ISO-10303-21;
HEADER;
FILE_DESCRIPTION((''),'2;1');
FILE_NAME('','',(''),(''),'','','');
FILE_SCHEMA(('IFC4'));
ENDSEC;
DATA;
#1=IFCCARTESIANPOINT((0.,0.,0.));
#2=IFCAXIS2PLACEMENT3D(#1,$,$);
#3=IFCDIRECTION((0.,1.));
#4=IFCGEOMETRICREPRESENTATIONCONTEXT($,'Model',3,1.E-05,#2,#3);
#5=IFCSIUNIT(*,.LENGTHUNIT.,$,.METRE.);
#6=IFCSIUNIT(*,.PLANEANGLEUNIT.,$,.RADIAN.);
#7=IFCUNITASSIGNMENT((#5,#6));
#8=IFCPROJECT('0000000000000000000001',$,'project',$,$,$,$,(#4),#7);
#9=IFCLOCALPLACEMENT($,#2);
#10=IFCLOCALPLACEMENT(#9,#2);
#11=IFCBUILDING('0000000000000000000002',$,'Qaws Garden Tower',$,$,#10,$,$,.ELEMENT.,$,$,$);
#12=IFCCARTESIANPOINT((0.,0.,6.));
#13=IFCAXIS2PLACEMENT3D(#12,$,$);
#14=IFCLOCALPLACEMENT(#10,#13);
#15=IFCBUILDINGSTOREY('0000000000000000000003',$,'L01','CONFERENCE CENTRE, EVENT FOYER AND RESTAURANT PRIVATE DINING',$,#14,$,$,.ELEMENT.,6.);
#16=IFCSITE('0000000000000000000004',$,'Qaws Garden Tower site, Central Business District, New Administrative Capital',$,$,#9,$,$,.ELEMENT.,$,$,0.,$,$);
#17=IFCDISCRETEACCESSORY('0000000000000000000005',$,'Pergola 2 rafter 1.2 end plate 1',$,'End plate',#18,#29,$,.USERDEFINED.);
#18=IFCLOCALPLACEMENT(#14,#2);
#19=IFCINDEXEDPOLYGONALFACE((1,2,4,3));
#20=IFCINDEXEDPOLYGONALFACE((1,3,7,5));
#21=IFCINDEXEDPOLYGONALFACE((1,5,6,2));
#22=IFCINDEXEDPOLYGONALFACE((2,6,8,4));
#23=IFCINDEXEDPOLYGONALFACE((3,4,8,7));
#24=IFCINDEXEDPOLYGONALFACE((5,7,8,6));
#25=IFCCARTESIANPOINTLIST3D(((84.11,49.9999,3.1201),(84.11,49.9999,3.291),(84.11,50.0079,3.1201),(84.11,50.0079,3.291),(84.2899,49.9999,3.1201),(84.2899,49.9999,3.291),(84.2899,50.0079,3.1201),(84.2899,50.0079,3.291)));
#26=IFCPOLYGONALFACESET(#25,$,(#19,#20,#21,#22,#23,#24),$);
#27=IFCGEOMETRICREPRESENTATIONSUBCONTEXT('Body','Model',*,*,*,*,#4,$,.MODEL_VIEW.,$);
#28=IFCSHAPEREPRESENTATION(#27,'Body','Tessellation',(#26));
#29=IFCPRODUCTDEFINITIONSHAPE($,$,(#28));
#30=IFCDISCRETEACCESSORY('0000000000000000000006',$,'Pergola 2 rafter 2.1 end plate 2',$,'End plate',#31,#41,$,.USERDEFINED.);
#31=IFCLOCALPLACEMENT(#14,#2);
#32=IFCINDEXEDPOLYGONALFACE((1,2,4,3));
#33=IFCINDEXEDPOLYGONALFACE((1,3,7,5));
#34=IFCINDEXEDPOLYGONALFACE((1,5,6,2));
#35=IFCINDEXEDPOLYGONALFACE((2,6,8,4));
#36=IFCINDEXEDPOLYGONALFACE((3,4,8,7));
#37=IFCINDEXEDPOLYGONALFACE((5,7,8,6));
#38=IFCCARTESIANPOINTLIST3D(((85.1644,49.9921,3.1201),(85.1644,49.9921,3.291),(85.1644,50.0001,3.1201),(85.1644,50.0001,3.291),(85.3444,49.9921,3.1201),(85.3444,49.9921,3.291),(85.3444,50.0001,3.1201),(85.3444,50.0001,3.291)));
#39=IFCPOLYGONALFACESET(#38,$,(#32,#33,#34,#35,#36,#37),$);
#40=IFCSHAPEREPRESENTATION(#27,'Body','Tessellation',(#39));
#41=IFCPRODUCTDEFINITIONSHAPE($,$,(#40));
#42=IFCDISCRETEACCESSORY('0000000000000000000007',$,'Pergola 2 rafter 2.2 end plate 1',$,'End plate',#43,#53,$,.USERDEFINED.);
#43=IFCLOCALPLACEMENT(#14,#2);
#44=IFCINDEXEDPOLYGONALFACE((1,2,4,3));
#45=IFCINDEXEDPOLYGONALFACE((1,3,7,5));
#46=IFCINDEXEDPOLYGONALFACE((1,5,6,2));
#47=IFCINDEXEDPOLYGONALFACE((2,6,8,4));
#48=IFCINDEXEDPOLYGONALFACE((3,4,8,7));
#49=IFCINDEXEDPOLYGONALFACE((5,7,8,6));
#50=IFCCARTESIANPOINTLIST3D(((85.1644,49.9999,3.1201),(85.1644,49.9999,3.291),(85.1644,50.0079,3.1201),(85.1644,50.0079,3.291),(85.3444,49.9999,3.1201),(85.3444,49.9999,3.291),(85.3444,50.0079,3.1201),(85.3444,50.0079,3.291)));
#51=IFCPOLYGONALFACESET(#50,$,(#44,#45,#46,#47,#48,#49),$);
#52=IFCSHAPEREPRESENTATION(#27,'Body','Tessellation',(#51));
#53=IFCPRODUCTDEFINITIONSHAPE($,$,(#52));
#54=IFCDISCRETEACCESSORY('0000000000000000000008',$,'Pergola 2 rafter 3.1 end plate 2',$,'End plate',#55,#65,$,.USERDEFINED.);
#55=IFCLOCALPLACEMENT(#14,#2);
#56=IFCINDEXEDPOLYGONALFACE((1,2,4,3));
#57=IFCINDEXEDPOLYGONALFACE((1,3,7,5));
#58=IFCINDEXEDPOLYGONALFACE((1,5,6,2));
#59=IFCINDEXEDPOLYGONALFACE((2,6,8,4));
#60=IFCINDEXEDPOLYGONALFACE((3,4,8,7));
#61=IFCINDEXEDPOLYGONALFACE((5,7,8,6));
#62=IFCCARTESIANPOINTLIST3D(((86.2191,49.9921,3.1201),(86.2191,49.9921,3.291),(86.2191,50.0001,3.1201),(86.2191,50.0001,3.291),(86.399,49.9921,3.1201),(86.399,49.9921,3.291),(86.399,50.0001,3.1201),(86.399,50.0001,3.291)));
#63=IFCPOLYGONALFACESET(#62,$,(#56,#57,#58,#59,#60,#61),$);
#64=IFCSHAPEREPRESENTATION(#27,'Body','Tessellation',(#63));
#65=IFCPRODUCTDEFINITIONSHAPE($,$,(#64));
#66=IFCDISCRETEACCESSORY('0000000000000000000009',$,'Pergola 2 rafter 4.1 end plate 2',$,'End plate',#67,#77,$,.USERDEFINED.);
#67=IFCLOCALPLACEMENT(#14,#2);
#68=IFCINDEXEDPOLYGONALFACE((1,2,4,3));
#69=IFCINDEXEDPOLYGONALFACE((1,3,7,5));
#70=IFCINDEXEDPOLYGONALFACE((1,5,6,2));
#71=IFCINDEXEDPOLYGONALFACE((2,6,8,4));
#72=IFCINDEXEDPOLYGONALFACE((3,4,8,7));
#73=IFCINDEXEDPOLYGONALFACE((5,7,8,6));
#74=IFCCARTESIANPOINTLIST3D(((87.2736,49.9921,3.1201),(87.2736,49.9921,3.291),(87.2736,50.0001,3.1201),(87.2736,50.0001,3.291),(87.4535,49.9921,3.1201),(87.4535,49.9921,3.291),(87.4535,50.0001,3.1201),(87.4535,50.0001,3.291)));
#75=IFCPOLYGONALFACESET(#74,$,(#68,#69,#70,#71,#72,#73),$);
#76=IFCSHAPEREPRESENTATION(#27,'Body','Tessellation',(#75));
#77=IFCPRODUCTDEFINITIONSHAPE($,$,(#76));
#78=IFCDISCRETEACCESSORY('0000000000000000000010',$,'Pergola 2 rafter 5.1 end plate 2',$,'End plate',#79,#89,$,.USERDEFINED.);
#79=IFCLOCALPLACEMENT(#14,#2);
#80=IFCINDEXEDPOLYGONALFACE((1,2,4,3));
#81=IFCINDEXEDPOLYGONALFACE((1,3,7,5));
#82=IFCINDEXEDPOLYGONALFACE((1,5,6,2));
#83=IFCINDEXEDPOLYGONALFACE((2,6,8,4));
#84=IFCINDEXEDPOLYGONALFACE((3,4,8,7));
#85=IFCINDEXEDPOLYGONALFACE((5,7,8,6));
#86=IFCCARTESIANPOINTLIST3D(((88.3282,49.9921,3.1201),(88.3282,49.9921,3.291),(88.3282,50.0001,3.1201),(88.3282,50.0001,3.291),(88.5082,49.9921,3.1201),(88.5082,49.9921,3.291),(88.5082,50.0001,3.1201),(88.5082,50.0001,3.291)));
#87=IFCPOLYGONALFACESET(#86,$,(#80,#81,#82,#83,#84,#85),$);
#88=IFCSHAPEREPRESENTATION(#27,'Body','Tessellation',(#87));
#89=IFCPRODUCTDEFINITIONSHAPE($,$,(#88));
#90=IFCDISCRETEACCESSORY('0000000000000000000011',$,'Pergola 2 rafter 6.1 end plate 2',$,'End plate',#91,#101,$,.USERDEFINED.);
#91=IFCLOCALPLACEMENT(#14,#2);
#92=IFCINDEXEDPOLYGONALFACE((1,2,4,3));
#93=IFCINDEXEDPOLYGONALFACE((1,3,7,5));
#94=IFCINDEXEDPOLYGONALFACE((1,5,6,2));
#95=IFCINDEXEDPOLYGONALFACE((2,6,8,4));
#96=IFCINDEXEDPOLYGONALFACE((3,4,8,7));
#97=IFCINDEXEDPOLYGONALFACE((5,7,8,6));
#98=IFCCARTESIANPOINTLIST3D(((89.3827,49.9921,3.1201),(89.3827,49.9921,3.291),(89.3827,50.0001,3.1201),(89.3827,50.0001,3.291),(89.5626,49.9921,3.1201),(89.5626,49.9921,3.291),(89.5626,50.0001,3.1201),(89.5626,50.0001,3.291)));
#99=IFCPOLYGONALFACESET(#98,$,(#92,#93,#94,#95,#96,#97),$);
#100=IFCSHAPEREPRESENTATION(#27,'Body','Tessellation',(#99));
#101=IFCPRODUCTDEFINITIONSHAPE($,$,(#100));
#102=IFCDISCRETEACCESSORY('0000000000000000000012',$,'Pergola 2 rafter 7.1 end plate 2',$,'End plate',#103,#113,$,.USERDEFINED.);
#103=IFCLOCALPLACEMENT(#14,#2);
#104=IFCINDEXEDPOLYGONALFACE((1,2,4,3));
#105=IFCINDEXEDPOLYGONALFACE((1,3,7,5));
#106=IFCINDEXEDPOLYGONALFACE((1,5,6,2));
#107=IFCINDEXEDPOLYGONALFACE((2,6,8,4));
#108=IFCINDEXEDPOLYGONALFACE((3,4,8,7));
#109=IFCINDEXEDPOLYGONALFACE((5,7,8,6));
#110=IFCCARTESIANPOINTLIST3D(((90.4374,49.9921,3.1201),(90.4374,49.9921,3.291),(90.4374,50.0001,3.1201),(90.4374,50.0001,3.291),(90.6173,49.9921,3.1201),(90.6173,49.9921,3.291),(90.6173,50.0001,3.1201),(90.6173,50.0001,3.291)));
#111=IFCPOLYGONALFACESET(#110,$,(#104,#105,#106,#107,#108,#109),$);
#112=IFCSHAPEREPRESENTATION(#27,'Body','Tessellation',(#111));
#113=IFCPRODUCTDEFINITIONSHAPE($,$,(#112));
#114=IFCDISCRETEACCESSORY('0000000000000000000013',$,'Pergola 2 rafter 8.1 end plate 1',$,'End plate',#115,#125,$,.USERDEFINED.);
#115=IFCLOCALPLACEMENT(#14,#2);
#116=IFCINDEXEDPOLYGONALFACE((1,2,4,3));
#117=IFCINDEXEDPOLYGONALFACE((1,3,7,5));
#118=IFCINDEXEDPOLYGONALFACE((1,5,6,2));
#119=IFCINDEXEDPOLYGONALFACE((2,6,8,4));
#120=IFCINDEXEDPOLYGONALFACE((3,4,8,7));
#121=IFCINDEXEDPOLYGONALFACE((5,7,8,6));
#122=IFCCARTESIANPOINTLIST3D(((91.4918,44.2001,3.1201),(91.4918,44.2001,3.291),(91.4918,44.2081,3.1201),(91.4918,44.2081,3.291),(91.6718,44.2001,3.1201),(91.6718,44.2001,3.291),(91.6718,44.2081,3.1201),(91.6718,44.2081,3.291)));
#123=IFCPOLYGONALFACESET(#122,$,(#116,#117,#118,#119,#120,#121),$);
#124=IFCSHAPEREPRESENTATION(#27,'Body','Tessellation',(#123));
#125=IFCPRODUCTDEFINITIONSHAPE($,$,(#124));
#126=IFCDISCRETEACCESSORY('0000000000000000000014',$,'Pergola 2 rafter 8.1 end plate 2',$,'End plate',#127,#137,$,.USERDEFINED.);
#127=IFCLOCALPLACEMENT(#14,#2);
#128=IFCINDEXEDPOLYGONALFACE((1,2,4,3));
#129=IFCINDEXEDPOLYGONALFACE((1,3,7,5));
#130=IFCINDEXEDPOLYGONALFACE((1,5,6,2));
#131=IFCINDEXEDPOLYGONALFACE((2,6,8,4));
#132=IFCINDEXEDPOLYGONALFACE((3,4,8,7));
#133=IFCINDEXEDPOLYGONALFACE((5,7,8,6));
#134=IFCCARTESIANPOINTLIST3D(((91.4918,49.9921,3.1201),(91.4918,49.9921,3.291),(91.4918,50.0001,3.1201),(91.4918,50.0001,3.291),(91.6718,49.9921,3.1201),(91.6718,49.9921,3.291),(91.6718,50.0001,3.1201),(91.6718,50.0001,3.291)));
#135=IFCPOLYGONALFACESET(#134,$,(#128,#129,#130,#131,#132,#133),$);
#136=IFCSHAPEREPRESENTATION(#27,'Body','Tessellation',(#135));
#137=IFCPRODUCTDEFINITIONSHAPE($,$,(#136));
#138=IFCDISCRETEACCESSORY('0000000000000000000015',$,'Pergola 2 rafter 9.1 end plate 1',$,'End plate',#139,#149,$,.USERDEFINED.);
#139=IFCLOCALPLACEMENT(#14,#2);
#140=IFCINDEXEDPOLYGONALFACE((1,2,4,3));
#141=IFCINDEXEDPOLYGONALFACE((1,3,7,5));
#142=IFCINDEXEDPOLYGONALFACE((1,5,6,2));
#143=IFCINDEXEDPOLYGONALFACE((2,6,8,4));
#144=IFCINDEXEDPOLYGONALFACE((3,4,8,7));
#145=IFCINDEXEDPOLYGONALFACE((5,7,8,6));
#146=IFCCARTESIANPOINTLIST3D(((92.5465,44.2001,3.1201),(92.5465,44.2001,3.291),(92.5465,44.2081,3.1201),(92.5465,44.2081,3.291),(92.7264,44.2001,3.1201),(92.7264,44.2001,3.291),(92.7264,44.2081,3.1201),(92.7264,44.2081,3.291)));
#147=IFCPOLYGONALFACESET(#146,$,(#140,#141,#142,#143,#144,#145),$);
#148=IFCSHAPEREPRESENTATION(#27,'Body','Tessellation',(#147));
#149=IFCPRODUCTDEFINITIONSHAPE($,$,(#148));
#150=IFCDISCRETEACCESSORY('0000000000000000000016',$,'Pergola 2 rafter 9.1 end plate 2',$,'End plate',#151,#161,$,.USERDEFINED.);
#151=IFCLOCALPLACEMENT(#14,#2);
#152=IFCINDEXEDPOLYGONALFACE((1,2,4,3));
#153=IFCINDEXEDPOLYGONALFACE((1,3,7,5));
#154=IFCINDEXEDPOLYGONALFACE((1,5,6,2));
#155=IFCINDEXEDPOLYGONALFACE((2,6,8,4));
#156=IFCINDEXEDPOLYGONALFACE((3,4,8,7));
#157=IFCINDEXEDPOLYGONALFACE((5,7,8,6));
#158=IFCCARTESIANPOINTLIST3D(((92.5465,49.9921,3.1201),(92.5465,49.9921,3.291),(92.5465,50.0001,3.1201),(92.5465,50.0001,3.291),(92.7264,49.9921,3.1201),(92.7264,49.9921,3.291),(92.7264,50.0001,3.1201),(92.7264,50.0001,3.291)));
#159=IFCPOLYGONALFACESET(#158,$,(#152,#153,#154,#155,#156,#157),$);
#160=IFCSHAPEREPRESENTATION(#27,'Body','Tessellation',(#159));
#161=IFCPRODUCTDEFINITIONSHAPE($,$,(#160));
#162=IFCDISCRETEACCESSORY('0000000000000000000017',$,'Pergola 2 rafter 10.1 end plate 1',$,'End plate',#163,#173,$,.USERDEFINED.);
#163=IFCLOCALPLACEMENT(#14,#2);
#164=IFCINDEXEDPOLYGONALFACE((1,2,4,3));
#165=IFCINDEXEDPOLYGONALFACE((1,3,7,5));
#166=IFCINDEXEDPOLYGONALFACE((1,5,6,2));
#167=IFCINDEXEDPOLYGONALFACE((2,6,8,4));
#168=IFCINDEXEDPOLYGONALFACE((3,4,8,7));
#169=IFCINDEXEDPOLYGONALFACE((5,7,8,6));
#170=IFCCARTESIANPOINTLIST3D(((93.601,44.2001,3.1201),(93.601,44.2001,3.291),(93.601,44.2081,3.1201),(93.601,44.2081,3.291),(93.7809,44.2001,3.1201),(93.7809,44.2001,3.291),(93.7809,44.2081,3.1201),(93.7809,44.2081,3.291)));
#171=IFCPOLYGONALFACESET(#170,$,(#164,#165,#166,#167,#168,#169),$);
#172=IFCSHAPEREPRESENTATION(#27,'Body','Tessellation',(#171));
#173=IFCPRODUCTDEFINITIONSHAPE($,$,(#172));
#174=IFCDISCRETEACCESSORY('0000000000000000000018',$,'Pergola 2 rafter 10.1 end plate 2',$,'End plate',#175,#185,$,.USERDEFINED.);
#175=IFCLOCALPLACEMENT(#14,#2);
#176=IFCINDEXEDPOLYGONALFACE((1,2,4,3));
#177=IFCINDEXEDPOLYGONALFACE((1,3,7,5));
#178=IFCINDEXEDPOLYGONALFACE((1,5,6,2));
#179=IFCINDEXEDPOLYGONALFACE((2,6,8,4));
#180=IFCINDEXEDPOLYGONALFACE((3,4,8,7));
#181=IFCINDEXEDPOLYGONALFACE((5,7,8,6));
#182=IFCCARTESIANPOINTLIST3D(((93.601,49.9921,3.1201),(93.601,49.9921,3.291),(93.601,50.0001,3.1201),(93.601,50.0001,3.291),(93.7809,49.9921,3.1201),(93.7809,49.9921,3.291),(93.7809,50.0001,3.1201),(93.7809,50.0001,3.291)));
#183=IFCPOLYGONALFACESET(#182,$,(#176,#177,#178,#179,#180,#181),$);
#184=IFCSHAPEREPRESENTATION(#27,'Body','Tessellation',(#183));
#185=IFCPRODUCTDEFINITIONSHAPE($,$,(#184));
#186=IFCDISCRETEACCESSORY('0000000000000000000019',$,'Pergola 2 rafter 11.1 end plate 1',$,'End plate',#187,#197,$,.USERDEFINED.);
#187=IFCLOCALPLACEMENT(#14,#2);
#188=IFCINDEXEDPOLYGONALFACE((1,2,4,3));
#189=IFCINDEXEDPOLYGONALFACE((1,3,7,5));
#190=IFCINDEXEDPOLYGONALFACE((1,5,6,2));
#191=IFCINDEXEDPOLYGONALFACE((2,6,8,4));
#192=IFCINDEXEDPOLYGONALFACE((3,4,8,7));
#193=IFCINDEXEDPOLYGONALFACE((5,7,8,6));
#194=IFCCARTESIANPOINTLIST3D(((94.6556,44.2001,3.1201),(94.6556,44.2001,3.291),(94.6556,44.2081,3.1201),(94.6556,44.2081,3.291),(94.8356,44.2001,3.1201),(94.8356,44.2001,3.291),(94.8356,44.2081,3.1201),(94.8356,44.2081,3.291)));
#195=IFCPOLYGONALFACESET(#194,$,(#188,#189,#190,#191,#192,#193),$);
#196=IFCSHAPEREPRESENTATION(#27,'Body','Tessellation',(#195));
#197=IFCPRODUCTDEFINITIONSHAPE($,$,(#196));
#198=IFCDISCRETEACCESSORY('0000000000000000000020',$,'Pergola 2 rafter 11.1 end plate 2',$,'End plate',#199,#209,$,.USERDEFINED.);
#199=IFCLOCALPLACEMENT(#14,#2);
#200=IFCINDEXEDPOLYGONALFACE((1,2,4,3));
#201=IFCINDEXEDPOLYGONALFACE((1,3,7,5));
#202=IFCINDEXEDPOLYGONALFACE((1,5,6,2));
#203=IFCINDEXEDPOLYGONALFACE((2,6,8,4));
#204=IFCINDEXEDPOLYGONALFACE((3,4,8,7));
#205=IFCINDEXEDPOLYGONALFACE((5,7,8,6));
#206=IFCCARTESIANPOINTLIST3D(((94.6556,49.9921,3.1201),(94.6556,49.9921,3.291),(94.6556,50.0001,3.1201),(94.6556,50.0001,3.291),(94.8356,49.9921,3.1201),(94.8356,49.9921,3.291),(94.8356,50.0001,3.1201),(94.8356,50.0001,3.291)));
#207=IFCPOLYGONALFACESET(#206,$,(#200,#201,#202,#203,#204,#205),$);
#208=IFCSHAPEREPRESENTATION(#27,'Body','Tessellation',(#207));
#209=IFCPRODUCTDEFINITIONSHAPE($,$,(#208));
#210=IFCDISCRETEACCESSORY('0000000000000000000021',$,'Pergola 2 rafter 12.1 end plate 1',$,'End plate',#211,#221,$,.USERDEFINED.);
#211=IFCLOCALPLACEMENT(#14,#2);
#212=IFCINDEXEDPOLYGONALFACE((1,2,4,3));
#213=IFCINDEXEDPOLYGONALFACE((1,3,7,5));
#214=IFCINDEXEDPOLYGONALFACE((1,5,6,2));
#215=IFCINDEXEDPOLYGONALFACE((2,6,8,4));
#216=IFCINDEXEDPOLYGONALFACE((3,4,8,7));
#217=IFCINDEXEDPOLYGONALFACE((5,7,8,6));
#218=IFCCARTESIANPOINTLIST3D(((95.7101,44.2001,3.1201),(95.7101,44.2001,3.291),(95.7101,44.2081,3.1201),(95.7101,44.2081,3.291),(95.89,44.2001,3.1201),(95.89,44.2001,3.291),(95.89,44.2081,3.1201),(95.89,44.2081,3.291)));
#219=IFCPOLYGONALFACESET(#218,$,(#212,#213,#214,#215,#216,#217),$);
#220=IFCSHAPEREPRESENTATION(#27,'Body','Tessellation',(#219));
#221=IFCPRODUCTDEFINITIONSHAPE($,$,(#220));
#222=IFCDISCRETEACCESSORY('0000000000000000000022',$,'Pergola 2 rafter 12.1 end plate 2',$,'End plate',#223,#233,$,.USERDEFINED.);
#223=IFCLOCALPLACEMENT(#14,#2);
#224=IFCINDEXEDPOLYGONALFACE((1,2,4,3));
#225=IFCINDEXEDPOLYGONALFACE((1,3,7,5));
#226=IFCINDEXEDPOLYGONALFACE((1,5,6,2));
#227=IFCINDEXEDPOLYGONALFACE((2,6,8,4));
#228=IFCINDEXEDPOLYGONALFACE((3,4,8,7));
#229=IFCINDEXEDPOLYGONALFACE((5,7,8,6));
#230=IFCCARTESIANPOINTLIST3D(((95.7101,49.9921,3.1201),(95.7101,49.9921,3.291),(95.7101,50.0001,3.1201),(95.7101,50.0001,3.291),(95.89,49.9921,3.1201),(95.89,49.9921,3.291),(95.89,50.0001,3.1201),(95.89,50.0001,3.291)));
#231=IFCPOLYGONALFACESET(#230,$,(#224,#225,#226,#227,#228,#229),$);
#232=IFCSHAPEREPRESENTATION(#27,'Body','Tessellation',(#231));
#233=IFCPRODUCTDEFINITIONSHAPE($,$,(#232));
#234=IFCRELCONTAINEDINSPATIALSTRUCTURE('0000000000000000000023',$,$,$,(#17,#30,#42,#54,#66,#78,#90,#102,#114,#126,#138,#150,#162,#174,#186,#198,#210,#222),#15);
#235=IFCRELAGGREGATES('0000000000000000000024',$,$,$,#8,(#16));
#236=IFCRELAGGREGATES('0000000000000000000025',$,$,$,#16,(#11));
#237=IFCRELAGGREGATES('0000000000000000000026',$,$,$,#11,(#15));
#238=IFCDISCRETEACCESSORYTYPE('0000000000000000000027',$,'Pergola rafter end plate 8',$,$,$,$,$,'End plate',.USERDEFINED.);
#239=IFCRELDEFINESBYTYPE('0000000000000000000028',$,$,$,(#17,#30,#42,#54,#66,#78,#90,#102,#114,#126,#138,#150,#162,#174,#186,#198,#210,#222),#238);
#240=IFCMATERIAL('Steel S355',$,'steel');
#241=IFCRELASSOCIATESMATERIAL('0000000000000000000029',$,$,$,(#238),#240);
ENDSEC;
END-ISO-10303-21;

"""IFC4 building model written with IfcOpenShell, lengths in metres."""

from ifc_helpers import new_model, si_unit, direction, frame, origin, origin_2d, place, context, subcontext, project, spatial, rectangle, extrude, material, type_object, element, save


model = new_model("IFC4")

# Units and contexts
model_context = context("Model", 3, precision=1e-05, world=origin(), true_north=direction((0.0, 1.0)))
body_context = subcontext(model_context, "Body", "Model", "MODEL_VIEW")
ifc_project = project(units=[si_unit("LENGTHUNIT", "METRE"), si_unit("PLANEANGLEUNIT", "RADIAN")], contexts=[model_context])

# Site, building, storey
site_placement = place(None, origin())
site = spatial("IfcSite", under=ifc_project, at=site_placement, Name="Qaws Garden Tower site, Central Business District, New Administrative Capital", CompositionType="ELEMENT", RefElevation=0.0)
building_placement = place(site_placement, origin())
building = spatial("IfcBuilding", under=site, at=building_placement, Name="Qaws Garden Tower", CompositionType="ELEMENT")
storey_placement = place(building_placement, frame((0.0, 0.0, 6.0)))
storey = spatial("IfcBuildingStorey", under=building, at=storey_placement, Name="L01", Description="CONFERENCE CENTRE, EVENT FOYER AND RESTAURANT PRIVATE DINING", CompositionType="ELEMENT", Elevation=6.0)

# Discrete accessories
ifc_material_1 = material(Name="Steel S355", Category="steel")
discrete_accessory_type = type_object("IfcDiscreteAccessoryType", Name="Pergola rafter end plate 8", ElementType="End plate", PredefinedType="USERDEFINED", material=ifc_material_1)
for number, where, z_axis, x_axis, name in (
    (1, (84.2, 50.0039, 3.1201), (0.0, 0.0, 1.0), (1.0, 0.0, 0.0), "Pergola 2 rafter 1.2 end plate 1"),
    (2, (85.2544, 49.9961, 3.1201), (0.0, 0.0, 1.0), (1.0, 0.0, 0.0), "Pergola 2 rafter 2.1 end plate 2"),
    (3, (85.2544, 50.0039, 3.1201), (0.0, 0.0, 1.0), (1.0, 0.0, 0.0), "Pergola 2 rafter 2.2 end plate 1"),
    (4, (86.3091, 49.9961, 3.1201), (0.0, 0.0, 1.0), (1.0, 0.0, 0.0), "Pergola 2 rafter 3.1 end plate 2"),
    (5, (87.3635, 49.9961, 3.1201), (0.0, 0.0, 1.0), (1.0, 0.0, 0.0), "Pergola 2 rafter 4.1 end plate 2"),
    (6, (88.4182, 49.9961, 3.1201), (0.0, 0.0, 1.0), (1.0, 0.0, 0.0), "Pergola 2 rafter 5.1 end plate 2"),
    (7, (89.4727, 49.9961, 3.1201), (0.0, 0.0, 1.0), (1.0, 0.0, 0.0), "Pergola 2 rafter 6.1 end plate 2"),
    (8, (90.5273, 49.9961, 3.1201), (0.0, 0.0, 1.0), (1.0, 0.0, 0.0), "Pergola 2 rafter 7.1 end plate 2"),
    (9, (91.5818, 44.2041, 3.1201), (0.0, 0.0, 1.0), (1.0, 0.0, 0.0), "Pergola 2 rafter 8.1 end plate 1"),
    (10, (91.5818, 49.9961, 3.1201), (0.0, 0.0, 1.0), (1.0, 0.0, 0.0), "Pergola 2 rafter 8.1 end plate 2"),
    (11, (92.6365, 44.2041, 3.1201), (0.0, 0.0, 1.0), (1.0, 0.0, 0.0), "Pergola 2 rafter 9.1 end plate 1"),
    (12, (92.6365, 49.9961, 3.1201), (0.0, 0.0, 1.0), (1.0, 0.0, 0.0), "Pergola 2 rafter 9.1 end plate 2"),
    (13, (93.6909, 44.2041, 3.1201), (0.0, 0.0, 1.0), (1.0, 0.0, 0.0), "Pergola 2 rafter 10.1 end plate 1"),
    (14, (93.6909, 49.9961, 3.1201), (0.0, 0.0, 1.0), (1.0, 0.0, 0.0), "Pergola 2 rafter 10.1 end plate 2"),
    (15, (94.7456, 44.2041, 3.1201), (0.0, 0.0, 1.0), (1.0, 0.0, 0.0), "Pergola 2 rafter 11.1 end plate 1"),
    (16, (94.7456, 49.9961, 3.1201), (0.0, 0.0, 1.0), (1.0, 0.0, 0.0), "Pergola 2 rafter 11.1 end plate 2"),
    (17, (95.8, 44.2041, 3.1201), (0.0, 0.0, 1.0), (1.0, 0.0, 0.0), "Pergola 2 rafter 12.1 end plate 1"),
    (18, (95.8, 49.9961, 3.1201), (0.0, 0.0, 1.0), (1.0, 0.0, 0.0), "Pergola 2 rafter 12.1 end plate 2"),
):
    element("IfcDiscreteAccessory", number, at=place(storey_placement, frame(where, z_axis=z_axis, x_axis=x_axis)), inside=storey, type_object=discrete_accessory_type, Name=name, ObjectType="End plate", PredefinedType="USERDEFINED", context=body_context, shape_type="SweptSolid", body=[
        extrude(rectangle(XDim=0.1799, YDim=0.0081, at=origin_2d()), origin(), (0.0, 0.0, 1.0), 0.1709),
    ])

save(model, "model.ifc")
